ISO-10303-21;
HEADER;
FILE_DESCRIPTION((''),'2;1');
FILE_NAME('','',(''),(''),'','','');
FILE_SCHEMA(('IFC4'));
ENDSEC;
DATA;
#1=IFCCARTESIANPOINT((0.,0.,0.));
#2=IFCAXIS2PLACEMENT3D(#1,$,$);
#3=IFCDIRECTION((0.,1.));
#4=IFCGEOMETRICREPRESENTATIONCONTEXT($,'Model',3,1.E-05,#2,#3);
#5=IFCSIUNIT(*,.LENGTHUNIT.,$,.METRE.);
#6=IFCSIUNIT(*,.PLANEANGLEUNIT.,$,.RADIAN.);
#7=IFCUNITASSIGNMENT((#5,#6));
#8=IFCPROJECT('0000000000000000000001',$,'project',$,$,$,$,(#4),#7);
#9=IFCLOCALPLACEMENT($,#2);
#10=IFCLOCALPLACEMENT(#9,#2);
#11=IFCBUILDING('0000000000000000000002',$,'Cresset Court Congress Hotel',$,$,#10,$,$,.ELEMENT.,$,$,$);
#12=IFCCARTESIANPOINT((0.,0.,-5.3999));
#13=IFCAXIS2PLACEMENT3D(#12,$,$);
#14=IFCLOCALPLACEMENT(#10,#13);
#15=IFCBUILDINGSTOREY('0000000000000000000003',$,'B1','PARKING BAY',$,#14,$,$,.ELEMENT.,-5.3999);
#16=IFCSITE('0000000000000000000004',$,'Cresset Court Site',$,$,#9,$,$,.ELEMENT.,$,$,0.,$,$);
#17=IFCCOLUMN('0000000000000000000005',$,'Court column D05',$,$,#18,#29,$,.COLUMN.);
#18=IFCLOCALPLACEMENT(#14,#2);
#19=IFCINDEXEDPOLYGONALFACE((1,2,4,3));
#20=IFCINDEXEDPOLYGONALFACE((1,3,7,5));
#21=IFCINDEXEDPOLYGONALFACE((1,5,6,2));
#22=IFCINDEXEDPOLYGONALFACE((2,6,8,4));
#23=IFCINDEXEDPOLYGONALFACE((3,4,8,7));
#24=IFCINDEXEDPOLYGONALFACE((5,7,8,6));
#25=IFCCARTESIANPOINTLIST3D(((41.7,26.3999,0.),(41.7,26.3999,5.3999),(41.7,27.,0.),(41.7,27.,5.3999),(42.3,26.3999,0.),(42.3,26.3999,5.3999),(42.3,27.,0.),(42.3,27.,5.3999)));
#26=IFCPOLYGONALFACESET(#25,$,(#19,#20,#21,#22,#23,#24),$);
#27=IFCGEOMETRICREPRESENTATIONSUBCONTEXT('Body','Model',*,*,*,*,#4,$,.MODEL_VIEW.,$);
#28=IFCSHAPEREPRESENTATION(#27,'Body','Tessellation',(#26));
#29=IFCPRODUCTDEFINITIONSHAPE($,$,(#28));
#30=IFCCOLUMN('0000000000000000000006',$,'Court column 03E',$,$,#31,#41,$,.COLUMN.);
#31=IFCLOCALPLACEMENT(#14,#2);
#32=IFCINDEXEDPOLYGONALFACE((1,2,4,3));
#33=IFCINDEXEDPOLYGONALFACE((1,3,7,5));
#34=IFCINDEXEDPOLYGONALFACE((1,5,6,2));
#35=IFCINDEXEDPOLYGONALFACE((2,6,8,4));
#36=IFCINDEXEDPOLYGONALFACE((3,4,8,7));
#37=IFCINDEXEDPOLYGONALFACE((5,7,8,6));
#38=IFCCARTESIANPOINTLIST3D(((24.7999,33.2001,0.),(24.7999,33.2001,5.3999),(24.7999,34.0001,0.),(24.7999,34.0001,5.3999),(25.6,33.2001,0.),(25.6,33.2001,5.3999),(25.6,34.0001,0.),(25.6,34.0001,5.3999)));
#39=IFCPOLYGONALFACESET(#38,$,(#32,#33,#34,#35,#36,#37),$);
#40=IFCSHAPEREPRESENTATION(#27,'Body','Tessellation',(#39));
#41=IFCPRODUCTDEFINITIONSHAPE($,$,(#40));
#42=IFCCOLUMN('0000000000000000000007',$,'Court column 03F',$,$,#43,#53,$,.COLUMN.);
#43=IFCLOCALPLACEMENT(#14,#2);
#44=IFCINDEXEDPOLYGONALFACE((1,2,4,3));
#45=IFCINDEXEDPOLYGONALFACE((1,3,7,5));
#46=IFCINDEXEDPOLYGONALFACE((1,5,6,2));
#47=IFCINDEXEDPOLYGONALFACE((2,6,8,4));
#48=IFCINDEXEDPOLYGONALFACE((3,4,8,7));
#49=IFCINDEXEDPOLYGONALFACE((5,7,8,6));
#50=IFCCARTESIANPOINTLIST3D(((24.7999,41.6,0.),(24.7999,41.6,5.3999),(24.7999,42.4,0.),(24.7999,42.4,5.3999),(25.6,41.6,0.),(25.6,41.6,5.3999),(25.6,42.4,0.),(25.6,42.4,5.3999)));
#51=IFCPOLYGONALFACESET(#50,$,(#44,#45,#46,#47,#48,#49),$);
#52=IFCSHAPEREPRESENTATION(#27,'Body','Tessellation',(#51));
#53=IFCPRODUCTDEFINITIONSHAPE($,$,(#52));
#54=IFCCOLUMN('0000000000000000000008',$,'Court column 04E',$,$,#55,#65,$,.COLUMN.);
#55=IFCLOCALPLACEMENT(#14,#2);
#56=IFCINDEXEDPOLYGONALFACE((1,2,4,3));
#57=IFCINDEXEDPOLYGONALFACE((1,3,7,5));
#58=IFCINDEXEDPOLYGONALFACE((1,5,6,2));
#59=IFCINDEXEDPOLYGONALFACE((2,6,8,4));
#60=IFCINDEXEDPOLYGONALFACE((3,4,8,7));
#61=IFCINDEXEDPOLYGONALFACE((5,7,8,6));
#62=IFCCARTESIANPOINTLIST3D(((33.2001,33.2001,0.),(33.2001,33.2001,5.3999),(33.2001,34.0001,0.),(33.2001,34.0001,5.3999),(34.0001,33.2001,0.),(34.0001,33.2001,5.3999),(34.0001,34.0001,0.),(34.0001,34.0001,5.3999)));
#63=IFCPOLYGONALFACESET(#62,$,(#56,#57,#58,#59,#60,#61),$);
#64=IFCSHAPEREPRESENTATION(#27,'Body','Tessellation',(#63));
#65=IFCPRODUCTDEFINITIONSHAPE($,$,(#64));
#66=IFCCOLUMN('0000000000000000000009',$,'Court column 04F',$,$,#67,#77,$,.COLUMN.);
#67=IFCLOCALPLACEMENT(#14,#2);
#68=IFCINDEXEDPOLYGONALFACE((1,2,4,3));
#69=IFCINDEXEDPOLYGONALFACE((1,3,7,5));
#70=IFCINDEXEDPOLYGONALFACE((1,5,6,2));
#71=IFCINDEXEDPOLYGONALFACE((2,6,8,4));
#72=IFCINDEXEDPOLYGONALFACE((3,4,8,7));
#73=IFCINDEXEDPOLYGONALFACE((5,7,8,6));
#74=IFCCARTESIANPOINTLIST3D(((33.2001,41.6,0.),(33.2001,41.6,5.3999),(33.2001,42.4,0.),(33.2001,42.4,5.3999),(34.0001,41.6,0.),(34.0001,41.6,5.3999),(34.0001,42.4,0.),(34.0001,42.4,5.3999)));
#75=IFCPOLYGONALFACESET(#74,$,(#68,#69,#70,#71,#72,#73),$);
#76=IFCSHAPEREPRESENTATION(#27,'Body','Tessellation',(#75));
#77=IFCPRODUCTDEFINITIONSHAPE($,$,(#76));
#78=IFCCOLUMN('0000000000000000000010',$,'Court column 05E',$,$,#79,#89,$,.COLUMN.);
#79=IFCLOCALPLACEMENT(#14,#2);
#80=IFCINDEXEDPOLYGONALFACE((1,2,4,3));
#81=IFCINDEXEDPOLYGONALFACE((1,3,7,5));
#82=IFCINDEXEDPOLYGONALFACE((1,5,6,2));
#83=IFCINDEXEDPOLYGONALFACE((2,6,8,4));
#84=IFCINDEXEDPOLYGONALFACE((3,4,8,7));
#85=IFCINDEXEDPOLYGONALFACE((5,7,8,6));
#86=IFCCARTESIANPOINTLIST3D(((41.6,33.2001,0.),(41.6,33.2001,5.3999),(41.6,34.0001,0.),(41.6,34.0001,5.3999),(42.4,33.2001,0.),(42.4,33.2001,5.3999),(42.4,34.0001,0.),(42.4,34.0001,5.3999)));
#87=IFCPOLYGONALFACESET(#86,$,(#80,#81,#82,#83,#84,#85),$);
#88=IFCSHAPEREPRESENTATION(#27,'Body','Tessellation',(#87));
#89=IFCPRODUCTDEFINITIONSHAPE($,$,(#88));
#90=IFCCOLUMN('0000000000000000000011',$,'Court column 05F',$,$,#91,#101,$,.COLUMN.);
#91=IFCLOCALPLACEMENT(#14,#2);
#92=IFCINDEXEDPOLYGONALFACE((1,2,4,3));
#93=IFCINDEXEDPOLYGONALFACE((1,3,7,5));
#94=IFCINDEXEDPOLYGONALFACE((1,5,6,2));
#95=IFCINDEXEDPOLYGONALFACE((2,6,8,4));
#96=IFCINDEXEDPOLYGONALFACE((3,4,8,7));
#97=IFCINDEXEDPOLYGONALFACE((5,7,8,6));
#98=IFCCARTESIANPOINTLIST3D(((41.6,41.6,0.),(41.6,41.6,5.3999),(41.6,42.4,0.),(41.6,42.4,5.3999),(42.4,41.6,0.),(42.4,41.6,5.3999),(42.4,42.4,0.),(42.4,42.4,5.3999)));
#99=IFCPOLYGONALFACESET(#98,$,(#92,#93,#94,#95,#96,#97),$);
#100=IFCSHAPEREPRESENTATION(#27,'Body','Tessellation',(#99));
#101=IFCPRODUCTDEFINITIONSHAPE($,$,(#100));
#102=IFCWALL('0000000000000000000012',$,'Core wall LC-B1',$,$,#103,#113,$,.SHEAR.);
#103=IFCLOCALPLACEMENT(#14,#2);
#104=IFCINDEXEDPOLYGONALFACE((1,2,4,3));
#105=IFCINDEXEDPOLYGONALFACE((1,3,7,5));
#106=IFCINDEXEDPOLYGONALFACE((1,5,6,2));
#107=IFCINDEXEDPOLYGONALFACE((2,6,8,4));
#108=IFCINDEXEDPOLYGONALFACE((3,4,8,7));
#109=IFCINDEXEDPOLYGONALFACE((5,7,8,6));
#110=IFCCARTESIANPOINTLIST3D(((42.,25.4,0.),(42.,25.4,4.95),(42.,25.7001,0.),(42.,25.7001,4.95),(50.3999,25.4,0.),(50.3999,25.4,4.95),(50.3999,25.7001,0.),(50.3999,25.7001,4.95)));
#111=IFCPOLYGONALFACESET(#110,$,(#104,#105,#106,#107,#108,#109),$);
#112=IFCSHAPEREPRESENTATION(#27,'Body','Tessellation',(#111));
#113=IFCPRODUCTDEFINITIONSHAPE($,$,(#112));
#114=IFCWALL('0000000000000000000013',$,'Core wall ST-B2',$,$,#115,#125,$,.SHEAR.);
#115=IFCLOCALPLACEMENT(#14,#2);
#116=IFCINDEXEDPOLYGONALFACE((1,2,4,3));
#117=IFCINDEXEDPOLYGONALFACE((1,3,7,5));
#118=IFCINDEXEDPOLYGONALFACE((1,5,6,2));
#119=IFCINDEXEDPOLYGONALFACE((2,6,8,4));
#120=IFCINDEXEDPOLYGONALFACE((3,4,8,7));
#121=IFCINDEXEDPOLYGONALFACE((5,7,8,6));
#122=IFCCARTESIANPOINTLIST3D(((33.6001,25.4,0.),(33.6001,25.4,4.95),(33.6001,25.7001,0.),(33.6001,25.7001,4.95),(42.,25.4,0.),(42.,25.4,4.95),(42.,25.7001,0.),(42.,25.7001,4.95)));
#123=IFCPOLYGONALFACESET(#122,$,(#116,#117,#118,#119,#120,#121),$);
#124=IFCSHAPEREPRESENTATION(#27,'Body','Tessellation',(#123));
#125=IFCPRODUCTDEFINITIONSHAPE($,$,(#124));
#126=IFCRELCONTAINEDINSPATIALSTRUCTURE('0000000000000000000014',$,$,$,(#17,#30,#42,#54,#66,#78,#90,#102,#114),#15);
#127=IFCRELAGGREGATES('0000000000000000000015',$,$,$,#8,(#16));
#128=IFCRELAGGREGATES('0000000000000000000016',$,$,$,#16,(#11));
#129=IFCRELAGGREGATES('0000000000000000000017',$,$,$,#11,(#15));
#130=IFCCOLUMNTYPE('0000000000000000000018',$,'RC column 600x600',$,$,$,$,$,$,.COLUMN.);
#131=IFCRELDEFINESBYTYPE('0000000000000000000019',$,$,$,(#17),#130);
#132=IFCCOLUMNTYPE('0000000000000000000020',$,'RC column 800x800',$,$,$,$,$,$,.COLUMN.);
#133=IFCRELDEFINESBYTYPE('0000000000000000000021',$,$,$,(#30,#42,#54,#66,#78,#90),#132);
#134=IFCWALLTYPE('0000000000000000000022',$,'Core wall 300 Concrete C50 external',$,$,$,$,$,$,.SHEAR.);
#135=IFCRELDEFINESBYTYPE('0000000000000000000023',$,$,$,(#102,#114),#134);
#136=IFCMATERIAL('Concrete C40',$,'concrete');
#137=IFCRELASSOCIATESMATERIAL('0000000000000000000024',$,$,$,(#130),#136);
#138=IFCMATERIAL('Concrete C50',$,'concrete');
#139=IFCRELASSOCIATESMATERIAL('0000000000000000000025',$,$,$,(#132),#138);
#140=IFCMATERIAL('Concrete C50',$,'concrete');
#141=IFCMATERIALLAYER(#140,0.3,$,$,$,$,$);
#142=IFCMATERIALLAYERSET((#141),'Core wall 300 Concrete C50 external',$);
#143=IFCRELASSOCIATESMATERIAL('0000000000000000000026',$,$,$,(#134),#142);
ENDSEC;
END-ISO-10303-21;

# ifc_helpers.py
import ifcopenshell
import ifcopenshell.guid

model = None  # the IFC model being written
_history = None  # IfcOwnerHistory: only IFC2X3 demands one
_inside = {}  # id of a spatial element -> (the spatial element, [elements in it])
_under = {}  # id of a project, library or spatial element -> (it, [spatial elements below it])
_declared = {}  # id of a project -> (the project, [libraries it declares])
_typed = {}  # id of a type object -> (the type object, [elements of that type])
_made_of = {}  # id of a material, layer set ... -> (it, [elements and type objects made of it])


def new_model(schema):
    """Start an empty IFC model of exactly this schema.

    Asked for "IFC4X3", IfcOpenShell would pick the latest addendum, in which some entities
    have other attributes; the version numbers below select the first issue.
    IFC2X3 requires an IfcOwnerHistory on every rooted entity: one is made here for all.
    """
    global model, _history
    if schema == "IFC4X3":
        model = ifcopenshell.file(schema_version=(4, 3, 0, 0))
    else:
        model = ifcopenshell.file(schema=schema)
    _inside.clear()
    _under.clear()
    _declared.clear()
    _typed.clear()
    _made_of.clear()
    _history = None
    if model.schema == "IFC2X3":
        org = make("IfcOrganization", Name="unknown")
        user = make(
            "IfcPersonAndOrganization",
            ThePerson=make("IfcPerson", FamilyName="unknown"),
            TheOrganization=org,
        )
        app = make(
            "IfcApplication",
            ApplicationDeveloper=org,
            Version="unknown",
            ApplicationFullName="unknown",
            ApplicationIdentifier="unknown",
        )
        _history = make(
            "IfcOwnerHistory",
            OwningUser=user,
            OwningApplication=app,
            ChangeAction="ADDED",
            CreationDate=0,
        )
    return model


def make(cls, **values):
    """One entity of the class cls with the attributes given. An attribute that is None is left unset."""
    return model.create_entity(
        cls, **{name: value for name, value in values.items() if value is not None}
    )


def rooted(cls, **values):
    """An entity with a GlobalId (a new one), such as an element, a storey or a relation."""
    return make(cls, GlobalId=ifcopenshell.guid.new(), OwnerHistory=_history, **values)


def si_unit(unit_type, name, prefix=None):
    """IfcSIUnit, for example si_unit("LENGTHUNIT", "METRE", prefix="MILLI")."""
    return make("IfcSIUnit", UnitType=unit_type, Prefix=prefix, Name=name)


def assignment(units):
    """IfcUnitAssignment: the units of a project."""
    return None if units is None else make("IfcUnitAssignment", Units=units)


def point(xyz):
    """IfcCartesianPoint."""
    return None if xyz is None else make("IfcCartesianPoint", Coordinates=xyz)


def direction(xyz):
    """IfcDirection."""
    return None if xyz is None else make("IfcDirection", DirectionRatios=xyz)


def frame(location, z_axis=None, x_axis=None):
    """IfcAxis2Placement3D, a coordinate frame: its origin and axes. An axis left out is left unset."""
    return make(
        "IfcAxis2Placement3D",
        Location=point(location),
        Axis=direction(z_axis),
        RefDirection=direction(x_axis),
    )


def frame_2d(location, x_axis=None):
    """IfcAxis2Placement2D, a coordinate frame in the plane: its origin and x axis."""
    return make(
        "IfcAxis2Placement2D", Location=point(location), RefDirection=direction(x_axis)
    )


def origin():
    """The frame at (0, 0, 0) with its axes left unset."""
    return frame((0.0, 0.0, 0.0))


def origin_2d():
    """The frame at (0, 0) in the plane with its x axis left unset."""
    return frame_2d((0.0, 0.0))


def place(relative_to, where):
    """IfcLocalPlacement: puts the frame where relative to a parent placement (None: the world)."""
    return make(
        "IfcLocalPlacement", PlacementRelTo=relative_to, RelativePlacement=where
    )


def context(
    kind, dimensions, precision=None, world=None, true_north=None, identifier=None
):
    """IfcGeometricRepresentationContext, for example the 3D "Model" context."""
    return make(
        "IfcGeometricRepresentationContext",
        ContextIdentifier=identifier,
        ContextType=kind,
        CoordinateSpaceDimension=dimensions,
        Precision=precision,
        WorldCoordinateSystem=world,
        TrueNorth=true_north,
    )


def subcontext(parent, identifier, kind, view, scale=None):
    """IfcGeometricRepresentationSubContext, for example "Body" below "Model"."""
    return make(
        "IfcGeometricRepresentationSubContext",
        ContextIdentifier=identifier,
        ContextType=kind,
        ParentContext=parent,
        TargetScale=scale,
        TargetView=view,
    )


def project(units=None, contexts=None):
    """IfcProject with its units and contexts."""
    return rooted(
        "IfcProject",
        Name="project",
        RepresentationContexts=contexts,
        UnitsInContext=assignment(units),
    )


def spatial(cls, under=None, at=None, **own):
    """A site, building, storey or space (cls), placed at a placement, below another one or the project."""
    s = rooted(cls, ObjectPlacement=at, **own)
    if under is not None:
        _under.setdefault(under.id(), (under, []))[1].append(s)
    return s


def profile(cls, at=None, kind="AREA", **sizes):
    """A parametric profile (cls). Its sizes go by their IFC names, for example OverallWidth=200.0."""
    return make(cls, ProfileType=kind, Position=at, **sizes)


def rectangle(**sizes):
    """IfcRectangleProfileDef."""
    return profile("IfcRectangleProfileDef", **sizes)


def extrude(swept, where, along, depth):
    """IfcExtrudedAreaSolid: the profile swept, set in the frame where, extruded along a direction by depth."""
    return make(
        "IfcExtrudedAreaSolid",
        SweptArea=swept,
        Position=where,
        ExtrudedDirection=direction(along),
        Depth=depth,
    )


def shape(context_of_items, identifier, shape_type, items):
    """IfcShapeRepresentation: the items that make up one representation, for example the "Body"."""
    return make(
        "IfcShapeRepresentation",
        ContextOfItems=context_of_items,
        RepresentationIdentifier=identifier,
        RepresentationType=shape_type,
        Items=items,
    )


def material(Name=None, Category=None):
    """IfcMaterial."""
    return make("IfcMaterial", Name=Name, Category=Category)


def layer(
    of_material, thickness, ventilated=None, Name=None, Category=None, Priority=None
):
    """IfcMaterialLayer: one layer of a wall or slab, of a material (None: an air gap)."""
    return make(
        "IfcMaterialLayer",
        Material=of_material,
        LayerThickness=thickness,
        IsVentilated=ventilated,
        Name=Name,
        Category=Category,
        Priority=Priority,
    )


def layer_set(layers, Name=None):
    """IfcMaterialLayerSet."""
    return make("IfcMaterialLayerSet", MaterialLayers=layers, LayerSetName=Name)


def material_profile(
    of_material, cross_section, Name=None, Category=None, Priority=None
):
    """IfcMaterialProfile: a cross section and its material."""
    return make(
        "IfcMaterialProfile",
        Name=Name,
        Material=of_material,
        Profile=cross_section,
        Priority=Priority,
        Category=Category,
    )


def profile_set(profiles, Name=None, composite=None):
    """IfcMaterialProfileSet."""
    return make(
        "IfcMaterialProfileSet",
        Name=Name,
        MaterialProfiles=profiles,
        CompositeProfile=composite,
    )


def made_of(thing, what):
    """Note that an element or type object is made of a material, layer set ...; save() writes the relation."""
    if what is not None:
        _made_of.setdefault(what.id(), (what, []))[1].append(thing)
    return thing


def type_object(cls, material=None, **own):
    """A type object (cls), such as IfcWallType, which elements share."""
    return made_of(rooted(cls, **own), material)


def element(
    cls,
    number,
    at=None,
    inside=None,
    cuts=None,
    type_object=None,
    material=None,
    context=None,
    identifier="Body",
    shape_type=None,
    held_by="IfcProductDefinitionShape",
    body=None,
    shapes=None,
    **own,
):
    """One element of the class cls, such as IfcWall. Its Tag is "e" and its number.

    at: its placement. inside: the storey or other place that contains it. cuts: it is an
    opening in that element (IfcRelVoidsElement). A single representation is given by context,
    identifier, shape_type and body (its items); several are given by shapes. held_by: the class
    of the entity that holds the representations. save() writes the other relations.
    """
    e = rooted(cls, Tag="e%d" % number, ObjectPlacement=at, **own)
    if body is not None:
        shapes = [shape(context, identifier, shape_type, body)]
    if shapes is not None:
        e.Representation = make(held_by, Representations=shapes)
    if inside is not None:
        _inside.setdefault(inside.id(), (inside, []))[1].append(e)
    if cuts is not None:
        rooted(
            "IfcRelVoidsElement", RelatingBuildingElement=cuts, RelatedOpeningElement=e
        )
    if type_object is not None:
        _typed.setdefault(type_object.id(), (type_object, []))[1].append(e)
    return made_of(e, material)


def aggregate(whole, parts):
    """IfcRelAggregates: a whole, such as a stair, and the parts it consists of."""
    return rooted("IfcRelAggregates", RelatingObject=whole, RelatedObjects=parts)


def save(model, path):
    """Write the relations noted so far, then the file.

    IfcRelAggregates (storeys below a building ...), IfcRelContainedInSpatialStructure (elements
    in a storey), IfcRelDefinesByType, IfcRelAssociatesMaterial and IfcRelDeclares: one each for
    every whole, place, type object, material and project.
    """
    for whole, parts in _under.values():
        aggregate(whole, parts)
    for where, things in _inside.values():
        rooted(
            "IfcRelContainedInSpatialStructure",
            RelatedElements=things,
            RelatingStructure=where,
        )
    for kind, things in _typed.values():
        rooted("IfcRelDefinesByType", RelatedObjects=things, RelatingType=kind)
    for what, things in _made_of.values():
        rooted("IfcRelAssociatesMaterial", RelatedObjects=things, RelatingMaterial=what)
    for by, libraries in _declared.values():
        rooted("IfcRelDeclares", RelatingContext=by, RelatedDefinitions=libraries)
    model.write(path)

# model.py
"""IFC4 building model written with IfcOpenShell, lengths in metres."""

from ifc_helpers import new_model, si_unit, direction, frame, frame_2d, origin, origin_2d, place, context, subcontext, project, spatial, rectangle, extrude, material, layer, layer_set, material_profile, profile_set, type_object, element, save


model = new_model("IFC4")

# Units and contexts
model_context = context("Model", 3, precision=1e-05, world=origin(), true_north=direction((0.0, 1.0)))
body_context = subcontext(model_context, "Body", "Model", "MODEL_VIEW")
ifc_project = project(units=[si_unit("LENGTHUNIT", "METRE"), si_unit("PLANEANGLEUNIT", "RADIAN")], contexts=[model_context])

# Site, building, storey
site_placement = place(None, origin())
site = spatial("IfcSite", under=ifc_project, at=site_placement, Name="Cresset Court Site", CompositionType="ELEMENT", RefElevation=0.0)
building_placement = place(site_placement, origin())
building = spatial("IfcBuilding", under=site, at=building_placement, Name="Cresset Court Congress Hotel", CompositionType="ELEMENT")
storey_placement = place(building_placement, frame((0.0, 0.0, -5.3999)))
storey = spatial("IfcBuildingStorey", under=building, at=storey_placement, Name="B1", Description="PARKING BAY", CompositionType="ELEMENT", Elevation=-5.3999)

# Columns
ifc_material_1 = material(Name="Concrete C40", Category="concrete")
ifc_material_profile_1 = material_profile(ifc_material_1, rectangle(XDim=0.6001, YDim=0.6001, at=origin_2d()), Name="RC600x600")
ifc_profile_set_1 = profile_set([ifc_material_profile_1], Name="Concrete C40")
column_type_1 = type_object("IfcColumnType", Name="RC column 600x600", PredefinedType="COLUMN", material=ifc_profile_set_1)
for number, where, z_axis, x_axis, name in (
    (1, (42.0, 26.7, 0.0), (0.0, 0.0, 1.0), (1.0, 0.0, 0.0), "Court column D05"),
):
    element("IfcColumn", number, at=place(storey_placement, frame(where, z_axis=z_axis, x_axis=x_axis)), inside=storey, type_object=column_type_1, Name=name, PredefinedType="COLUMN", context=body_context, shape_type="SweptSolid", body=[
        extrude(rectangle(XDim=0.6001, YDim=0.6001, at=origin_2d()), origin(), (0.0, 0.0, 1.0), 5.3999),
    ])
ifc_material_2 = material(Name="Concrete C50", Category="concrete")
ifc_material_profile_2 = material_profile(ifc_material_2, rectangle(XDim=0.8, YDim=0.8, at=origin_2d()), Name="RC800x800")
ifc_profile_set_2 = profile_set([ifc_material_profile_2], Name="Concrete C50")
column_type_2 = type_object("IfcColumnType", Name="RC column 800x800", PredefinedType="COLUMN", material=ifc_profile_set_2)
for number, where, z_axis, x_axis, name in (
    (2, (25.2, 33.6001, 0.0), (0.0, 0.0, 1.0), (1.0, 0.0, 0.0), "Court column 03E"),
    (3, (25.2, 42.0, 0.0), (0.0, 0.0, 1.0), (1.0, 0.0, 0.0), "Court column 03F"),
    (4, (33.6001, 33.6001, 0.0), (0.0, 0.0, 1.0), (1.0, 0.0, 0.0), "Court column 04E"),
    (5, (33.6001, 42.0, 0.0), (0.0, 0.0, 1.0), (1.0, 0.0, 0.0), "Court column 04F"),
    (6, (42.0, 33.6001, 0.0), (0.0, 0.0, 1.0), (1.0, 0.0, 0.0), "Court column 05E"),
    (7, (42.0, 42.0, 0.0), (0.0, 0.0, 1.0), (1.0, 0.0, 0.0), "Court column 05F"),
):
    element("IfcColumn", number, at=place(storey_placement, frame(where, z_axis=z_axis, x_axis=x_axis)), inside=storey, type_object=column_type_2, Name=name, PredefinedType="COLUMN", context=body_context, shape_type="SweptSolid", body=[
        extrude(rectangle(XDim=0.8, YDim=0.8, at=origin_2d()), origin(), (0.0, 0.0, 1.0), 5.3999),
    ])

# Walls
ifc_material_3 = material(Name="Concrete C50", Category="concrete")
ifc_layer = layer(ifc_material_3, 0.3)
ifc_layer_set = layer_set([ifc_layer], Name="Core wall 300 Concrete C50 external")
wall_type = type_object("IfcWallType", Name="Core wall 300 Concrete C50 external", PredefinedType="SHEAR", material=ifc_layer_set)
for number, where, z_axis, x_axis, name in (
    (8, (42.0, 25.55, 0.0), (0.0, 0.0, 1.0), (1.0, 0.0, 0.0), "Core wall LC-B1"),
    (9, (33.6001, 25.55, 0.0), (0.0, 0.0, 1.0), (1.0, 0.0, 0.0), "Core wall ST-B2"),
):
    element("IfcWall", number, at=place(storey_placement, frame(where, z_axis=z_axis, x_axis=x_axis)), inside=storey, type_object=wall_type, Name=name, PredefinedType="SHEAR", context=body_context, shape_type="SweptSolid", body=[
        extrude(rectangle(XDim=8.3999, YDim=0.3, at=frame_2d((4.2, 0.0))), origin(), (0.0, 0.0, 1.0), 4.95),
    ])

save(model, "model.ifc")
